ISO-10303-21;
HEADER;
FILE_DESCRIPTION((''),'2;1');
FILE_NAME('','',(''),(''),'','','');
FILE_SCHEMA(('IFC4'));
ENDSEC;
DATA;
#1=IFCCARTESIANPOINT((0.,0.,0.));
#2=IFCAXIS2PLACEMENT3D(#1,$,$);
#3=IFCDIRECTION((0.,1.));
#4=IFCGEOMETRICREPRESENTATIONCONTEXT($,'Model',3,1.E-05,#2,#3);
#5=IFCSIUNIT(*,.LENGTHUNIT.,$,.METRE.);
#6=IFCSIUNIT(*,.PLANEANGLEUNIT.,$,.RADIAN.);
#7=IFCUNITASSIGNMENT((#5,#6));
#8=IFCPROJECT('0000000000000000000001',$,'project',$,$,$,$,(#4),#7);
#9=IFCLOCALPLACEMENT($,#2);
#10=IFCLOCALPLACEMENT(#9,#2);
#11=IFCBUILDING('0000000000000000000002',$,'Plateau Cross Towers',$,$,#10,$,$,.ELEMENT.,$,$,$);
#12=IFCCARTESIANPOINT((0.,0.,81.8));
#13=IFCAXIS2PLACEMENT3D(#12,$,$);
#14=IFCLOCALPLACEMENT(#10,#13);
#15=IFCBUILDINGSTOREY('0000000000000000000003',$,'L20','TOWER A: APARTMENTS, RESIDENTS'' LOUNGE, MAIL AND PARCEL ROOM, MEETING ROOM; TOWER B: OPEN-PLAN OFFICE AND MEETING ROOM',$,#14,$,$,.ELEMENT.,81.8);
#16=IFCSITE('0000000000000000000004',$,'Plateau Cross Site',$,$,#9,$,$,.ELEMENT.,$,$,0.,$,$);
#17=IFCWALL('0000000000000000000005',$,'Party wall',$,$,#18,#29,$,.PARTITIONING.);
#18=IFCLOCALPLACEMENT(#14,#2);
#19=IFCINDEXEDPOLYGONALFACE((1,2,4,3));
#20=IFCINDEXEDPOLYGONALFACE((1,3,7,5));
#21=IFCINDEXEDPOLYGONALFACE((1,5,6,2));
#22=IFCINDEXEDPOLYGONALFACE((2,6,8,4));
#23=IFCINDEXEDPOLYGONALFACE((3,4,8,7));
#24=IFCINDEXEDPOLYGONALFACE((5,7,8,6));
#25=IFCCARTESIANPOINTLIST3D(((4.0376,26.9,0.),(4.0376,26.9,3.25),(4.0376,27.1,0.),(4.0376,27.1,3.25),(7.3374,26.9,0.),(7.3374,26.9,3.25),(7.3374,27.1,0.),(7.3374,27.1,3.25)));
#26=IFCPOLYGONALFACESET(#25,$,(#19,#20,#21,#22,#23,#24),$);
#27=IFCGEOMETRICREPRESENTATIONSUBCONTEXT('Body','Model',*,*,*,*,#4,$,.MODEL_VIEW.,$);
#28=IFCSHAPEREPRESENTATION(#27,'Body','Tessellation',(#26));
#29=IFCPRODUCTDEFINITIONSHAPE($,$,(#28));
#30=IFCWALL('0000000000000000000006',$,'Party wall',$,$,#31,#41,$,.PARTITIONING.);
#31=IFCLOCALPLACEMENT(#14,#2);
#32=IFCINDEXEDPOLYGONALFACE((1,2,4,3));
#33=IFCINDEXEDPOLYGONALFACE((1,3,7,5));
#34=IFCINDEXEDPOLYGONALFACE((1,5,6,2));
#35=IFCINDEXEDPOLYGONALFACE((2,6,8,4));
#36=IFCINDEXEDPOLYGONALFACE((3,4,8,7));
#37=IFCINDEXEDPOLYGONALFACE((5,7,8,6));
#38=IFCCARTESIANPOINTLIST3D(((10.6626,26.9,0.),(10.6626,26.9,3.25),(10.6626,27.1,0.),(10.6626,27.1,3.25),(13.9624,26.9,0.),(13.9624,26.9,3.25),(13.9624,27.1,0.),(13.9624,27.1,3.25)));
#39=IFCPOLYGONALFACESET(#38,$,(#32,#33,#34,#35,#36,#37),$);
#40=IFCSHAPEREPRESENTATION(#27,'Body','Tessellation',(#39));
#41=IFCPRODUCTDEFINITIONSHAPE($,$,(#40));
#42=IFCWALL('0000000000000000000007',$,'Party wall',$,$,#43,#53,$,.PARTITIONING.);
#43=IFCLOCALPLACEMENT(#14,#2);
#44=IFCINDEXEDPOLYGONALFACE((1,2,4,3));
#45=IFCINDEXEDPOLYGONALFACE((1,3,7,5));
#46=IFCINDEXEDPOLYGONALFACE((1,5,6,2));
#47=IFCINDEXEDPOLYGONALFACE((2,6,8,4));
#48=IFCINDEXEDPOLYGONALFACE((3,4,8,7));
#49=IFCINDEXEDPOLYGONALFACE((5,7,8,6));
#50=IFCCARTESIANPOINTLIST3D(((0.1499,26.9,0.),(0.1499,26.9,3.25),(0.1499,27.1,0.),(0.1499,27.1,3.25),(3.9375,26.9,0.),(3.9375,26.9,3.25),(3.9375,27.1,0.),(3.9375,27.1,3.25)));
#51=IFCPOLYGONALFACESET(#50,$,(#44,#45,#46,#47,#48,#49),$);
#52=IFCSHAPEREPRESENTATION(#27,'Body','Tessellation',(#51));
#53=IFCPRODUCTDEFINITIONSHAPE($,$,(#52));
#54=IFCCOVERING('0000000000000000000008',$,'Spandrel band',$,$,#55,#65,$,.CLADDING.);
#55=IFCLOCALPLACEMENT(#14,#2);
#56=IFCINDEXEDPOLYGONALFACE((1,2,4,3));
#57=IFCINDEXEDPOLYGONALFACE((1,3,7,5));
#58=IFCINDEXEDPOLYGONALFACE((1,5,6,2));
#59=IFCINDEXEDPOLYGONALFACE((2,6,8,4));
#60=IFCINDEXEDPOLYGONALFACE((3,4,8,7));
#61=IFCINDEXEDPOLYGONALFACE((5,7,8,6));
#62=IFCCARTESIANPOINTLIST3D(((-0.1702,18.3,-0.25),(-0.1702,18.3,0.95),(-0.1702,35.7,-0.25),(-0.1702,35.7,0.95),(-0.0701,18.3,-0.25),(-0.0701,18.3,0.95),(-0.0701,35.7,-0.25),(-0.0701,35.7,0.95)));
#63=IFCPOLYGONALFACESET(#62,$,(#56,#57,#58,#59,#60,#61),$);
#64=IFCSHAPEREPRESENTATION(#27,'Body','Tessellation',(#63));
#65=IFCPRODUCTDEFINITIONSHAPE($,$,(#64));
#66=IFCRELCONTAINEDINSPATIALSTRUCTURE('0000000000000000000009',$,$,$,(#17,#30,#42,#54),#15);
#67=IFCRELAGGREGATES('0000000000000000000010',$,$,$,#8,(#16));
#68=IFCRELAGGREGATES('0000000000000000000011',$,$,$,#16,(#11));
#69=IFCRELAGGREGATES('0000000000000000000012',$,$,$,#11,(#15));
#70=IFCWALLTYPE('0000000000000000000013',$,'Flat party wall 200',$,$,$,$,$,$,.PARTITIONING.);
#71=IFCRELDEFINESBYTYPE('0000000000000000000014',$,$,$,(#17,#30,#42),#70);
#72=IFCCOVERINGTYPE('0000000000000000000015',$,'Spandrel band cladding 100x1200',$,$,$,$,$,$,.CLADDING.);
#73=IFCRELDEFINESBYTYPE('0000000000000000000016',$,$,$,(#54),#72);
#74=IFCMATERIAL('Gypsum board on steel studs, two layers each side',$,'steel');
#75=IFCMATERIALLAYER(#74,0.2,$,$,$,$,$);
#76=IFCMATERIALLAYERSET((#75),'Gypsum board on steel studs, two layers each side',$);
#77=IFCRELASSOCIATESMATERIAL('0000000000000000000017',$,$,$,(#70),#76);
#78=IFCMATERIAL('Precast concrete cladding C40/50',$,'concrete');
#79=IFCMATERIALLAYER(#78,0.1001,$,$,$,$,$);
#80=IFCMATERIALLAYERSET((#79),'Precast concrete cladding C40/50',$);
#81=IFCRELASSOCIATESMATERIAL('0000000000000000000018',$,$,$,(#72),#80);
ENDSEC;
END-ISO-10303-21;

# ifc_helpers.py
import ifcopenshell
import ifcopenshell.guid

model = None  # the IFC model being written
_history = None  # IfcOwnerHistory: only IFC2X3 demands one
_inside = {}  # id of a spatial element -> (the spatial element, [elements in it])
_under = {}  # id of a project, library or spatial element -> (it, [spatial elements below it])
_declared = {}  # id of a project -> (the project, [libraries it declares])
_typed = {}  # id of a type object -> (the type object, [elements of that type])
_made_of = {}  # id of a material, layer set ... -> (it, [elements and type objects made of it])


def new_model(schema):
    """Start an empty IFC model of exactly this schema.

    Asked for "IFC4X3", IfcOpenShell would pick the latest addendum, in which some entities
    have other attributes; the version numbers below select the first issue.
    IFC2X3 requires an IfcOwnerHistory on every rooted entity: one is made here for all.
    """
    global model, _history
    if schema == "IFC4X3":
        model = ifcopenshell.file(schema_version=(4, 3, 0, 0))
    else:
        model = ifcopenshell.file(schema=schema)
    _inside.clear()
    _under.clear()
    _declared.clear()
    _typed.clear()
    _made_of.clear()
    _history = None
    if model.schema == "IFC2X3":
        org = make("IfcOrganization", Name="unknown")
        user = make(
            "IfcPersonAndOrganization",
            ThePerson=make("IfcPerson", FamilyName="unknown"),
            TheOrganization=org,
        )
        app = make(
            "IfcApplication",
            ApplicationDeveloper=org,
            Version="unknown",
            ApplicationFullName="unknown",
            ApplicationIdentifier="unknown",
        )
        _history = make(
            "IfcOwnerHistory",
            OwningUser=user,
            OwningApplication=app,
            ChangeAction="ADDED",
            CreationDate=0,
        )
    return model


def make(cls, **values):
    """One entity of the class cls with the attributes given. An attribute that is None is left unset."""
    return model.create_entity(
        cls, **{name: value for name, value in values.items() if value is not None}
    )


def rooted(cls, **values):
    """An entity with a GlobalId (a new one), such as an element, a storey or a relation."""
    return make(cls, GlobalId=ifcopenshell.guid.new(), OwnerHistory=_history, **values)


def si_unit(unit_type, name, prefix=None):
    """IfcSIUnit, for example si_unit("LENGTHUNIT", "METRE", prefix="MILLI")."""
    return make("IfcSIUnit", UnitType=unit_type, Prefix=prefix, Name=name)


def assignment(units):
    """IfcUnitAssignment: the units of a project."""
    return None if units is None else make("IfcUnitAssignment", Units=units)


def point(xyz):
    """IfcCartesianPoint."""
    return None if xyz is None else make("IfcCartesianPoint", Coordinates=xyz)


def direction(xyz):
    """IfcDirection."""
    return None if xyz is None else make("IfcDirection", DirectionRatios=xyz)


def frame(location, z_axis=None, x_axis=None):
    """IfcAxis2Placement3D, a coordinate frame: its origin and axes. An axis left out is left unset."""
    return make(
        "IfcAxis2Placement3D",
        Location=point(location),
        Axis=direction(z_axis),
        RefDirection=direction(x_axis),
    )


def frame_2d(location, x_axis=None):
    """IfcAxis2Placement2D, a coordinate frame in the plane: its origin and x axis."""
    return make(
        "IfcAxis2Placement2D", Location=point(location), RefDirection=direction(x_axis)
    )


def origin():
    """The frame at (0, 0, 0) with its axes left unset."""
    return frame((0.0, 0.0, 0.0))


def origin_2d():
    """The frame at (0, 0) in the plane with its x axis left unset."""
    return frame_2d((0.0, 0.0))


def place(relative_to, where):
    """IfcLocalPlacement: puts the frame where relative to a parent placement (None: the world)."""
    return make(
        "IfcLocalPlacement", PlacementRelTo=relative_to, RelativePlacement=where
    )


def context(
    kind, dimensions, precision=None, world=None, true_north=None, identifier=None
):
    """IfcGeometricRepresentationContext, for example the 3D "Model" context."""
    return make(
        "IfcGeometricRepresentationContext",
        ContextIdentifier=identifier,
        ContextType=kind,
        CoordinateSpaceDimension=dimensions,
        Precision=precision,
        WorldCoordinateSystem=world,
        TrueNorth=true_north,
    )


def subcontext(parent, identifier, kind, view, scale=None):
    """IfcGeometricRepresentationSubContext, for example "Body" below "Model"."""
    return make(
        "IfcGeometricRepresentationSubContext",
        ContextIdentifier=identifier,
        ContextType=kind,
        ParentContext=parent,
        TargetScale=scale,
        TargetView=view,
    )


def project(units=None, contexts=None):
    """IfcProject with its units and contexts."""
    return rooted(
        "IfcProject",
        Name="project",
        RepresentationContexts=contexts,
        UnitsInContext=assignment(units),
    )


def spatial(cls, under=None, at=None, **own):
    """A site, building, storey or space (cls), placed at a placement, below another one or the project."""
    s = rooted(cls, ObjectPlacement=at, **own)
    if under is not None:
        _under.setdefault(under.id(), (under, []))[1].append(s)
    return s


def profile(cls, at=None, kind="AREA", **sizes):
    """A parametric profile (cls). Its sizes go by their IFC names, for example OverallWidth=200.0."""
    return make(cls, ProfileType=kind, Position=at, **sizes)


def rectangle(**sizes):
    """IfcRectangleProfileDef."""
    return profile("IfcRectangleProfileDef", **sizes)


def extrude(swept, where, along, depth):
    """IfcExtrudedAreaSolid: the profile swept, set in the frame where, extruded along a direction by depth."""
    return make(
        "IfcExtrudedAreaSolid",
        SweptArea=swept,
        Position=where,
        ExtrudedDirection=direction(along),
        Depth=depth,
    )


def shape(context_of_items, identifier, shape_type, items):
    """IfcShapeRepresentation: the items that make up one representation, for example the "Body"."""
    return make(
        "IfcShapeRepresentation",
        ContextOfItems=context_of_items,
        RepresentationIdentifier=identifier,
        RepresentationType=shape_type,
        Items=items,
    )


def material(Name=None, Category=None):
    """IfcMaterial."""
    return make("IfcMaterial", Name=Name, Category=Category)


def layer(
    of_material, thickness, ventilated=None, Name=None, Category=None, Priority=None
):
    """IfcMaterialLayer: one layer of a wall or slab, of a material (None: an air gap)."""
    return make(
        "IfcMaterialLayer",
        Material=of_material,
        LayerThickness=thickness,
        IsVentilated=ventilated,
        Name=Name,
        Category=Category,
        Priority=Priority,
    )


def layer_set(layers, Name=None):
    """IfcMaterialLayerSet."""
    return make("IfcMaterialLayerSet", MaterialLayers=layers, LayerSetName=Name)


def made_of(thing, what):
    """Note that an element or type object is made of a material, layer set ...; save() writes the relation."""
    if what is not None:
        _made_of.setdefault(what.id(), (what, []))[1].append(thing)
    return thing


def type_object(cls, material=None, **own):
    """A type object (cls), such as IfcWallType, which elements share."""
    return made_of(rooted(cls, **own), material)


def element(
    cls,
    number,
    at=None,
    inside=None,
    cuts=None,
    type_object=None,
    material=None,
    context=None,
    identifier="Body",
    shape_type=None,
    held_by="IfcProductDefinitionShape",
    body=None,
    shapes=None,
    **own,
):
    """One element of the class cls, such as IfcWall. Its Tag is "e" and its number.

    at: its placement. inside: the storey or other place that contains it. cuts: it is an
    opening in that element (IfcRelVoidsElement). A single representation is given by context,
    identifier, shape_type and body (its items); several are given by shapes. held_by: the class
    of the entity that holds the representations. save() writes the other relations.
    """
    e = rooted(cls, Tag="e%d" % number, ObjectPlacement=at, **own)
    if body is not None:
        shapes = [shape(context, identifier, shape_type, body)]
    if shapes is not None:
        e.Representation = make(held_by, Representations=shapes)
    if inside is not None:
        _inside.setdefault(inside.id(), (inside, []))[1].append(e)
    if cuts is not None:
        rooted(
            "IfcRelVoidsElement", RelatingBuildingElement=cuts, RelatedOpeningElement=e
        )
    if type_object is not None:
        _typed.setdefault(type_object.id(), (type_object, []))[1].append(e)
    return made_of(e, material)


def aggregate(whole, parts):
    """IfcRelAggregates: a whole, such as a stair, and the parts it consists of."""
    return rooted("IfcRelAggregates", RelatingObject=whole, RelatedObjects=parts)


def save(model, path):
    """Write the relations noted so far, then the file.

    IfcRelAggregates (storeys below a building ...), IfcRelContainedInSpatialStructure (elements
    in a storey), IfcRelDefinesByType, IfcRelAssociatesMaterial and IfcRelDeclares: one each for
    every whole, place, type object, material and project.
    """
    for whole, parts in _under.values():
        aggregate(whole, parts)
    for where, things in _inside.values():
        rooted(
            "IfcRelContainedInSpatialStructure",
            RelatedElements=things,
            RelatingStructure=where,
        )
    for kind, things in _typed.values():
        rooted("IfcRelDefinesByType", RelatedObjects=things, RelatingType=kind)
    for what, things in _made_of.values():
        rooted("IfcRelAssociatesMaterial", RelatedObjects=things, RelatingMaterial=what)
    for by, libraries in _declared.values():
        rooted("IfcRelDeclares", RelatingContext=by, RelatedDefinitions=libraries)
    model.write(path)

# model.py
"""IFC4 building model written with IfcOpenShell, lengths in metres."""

from ifc_helpers import new_model, si_unit, direction, frame, frame_2d, origin, origin_2d, place, context, subcontext, project, spatial, rectangle, extrude, material, layer, layer_set, type_object, element, save


model = new_model("IFC4")

# Units and contexts
model_context = context("Model", 3, precision=1e-05, world=origin(), true_north=direction((0.0, 1.0)))
body_context = subcontext(model_context, "Body", "Model", "MODEL_VIEW")
ifc_project = project(units=[si_unit("LENGTHUNIT", "METRE"), si_unit("PLANEANGLEUNIT", "RADIAN")], contexts=[model_context])

# Site, building, storey
site_placement = place(None, origin())
site = spatial("IfcSite", under=ifc_project, at=site_placement, Name="Plateau Cross Site", CompositionType="ELEMENT", RefElevation=0.0)
building_placement = place(site_placement, origin())
building = spatial("IfcBuilding", under=site, at=building_placement, Name="Plateau Cross Towers", CompositionType="ELEMENT")
storey_placement = place(building_placement, frame((0.0, 0.0, 81.8)))
storey = spatial("IfcBuildingStorey", under=building, at=storey_placement, Name="L20", Description="TOWER A: APARTMENTS, RESIDENTS' LOUNGE, MAIL AND PARCEL ROOM, MEETING ROOM; TOWER B: OPEN-PLAN OFFICE AND MEETING ROOM", CompositionType="ELEMENT", Elevation=81.8)

# Walls
ifc_material_1 = material(Name="Gypsum board on steel studs, two layers each side", Category="steel")
ifc_layer_1 = layer(ifc_material_1, 0.2)
ifc_layer_set_1 = layer_set([ifc_layer_1], Name="Gypsum board on steel studs, two layers each side")
wall_type_1 = type_object("IfcWallType", Name="Flat party wall 200", PredefinedType="PARTITIONING", material=ifc_layer_set_1)
for number, where, z_axis, x_axis, name in (
    (1, (7.3374, 27.0, 0.0), (0.0, 0.0, 1.0), (-1.0, 0.0, 0.0), "Party wall"),
    (2, (13.9624, 27.0, 0.0), (0.0, 0.0, 1.0), (-1.0, 0.0, 0.0), "Party wall"),
):
    element("IfcWall", number, at=place(storey_placement, frame(where, z_axis=z_axis, x_axis=x_axis)), inside=storey, type_object=wall_type_1, Name=name, PredefinedType="PARTITIONING", context=body_context, shape_type="SweptSolid", body=[
        extrude(rectangle(XDim=3.2998, YDim=0.2, at=frame_2d((1.6499, 0.0))), origin(), (0.0, 0.0, 1.0), 3.25),
    ])
wall_1_placement = place(storey_placement, frame((0.1499, 27.0, 0.0), z_axis=(0.0, 0.0, 1.0), x_axis=(1.0, 0.0, 0.0)))
element("IfcWall", 3, at=wall_1_placement, inside=storey, type_object=wall_type_1, Name="Party wall", PredefinedType="PARTITIONING", context=body_context, shape_type="SweptSolid", body=[
    extrude(rectangle(XDim=3.7876, YDim=0.2, at=frame_2d((1.8938, 0.0))), origin(), (0.0, 0.0, 1.0), 3.25),
])

# Covering
ifc_material_2 = material(Name="Precast concrete cladding C40/50", Category="concrete")
ifc_layer_2 = layer(ifc_material_2, 0.1001)
ifc_layer_set_2 = layer_set([ifc_layer_2], Name="Precast concrete cladding C40/50")
covering_type = type_object("IfcCoveringType", Name="Spandrel band cladding 100x1200", PredefinedType="CLADDING", material=ifc_layer_set_2)
covering_placement = place(storey_placement, frame((-0.1201, 27.0, -0.25), z_axis=(0.0, 0.0, 1.0), x_axis=(0.0, -1.0, 0.0)))
element("IfcCovering", 4, at=covering_placement, inside=storey, type_object=covering_type, Name="Spandrel band", PredefinedType="CLADDING", context=body_context, shape_type="SweptSolid", body=[
    extrude(rectangle(XDim=17.3999, YDim=0.1001, at=origin_2d()), origin(), (0.0, 0.0, 1.0), 1.2),
])

save(model, "model.ifc")
